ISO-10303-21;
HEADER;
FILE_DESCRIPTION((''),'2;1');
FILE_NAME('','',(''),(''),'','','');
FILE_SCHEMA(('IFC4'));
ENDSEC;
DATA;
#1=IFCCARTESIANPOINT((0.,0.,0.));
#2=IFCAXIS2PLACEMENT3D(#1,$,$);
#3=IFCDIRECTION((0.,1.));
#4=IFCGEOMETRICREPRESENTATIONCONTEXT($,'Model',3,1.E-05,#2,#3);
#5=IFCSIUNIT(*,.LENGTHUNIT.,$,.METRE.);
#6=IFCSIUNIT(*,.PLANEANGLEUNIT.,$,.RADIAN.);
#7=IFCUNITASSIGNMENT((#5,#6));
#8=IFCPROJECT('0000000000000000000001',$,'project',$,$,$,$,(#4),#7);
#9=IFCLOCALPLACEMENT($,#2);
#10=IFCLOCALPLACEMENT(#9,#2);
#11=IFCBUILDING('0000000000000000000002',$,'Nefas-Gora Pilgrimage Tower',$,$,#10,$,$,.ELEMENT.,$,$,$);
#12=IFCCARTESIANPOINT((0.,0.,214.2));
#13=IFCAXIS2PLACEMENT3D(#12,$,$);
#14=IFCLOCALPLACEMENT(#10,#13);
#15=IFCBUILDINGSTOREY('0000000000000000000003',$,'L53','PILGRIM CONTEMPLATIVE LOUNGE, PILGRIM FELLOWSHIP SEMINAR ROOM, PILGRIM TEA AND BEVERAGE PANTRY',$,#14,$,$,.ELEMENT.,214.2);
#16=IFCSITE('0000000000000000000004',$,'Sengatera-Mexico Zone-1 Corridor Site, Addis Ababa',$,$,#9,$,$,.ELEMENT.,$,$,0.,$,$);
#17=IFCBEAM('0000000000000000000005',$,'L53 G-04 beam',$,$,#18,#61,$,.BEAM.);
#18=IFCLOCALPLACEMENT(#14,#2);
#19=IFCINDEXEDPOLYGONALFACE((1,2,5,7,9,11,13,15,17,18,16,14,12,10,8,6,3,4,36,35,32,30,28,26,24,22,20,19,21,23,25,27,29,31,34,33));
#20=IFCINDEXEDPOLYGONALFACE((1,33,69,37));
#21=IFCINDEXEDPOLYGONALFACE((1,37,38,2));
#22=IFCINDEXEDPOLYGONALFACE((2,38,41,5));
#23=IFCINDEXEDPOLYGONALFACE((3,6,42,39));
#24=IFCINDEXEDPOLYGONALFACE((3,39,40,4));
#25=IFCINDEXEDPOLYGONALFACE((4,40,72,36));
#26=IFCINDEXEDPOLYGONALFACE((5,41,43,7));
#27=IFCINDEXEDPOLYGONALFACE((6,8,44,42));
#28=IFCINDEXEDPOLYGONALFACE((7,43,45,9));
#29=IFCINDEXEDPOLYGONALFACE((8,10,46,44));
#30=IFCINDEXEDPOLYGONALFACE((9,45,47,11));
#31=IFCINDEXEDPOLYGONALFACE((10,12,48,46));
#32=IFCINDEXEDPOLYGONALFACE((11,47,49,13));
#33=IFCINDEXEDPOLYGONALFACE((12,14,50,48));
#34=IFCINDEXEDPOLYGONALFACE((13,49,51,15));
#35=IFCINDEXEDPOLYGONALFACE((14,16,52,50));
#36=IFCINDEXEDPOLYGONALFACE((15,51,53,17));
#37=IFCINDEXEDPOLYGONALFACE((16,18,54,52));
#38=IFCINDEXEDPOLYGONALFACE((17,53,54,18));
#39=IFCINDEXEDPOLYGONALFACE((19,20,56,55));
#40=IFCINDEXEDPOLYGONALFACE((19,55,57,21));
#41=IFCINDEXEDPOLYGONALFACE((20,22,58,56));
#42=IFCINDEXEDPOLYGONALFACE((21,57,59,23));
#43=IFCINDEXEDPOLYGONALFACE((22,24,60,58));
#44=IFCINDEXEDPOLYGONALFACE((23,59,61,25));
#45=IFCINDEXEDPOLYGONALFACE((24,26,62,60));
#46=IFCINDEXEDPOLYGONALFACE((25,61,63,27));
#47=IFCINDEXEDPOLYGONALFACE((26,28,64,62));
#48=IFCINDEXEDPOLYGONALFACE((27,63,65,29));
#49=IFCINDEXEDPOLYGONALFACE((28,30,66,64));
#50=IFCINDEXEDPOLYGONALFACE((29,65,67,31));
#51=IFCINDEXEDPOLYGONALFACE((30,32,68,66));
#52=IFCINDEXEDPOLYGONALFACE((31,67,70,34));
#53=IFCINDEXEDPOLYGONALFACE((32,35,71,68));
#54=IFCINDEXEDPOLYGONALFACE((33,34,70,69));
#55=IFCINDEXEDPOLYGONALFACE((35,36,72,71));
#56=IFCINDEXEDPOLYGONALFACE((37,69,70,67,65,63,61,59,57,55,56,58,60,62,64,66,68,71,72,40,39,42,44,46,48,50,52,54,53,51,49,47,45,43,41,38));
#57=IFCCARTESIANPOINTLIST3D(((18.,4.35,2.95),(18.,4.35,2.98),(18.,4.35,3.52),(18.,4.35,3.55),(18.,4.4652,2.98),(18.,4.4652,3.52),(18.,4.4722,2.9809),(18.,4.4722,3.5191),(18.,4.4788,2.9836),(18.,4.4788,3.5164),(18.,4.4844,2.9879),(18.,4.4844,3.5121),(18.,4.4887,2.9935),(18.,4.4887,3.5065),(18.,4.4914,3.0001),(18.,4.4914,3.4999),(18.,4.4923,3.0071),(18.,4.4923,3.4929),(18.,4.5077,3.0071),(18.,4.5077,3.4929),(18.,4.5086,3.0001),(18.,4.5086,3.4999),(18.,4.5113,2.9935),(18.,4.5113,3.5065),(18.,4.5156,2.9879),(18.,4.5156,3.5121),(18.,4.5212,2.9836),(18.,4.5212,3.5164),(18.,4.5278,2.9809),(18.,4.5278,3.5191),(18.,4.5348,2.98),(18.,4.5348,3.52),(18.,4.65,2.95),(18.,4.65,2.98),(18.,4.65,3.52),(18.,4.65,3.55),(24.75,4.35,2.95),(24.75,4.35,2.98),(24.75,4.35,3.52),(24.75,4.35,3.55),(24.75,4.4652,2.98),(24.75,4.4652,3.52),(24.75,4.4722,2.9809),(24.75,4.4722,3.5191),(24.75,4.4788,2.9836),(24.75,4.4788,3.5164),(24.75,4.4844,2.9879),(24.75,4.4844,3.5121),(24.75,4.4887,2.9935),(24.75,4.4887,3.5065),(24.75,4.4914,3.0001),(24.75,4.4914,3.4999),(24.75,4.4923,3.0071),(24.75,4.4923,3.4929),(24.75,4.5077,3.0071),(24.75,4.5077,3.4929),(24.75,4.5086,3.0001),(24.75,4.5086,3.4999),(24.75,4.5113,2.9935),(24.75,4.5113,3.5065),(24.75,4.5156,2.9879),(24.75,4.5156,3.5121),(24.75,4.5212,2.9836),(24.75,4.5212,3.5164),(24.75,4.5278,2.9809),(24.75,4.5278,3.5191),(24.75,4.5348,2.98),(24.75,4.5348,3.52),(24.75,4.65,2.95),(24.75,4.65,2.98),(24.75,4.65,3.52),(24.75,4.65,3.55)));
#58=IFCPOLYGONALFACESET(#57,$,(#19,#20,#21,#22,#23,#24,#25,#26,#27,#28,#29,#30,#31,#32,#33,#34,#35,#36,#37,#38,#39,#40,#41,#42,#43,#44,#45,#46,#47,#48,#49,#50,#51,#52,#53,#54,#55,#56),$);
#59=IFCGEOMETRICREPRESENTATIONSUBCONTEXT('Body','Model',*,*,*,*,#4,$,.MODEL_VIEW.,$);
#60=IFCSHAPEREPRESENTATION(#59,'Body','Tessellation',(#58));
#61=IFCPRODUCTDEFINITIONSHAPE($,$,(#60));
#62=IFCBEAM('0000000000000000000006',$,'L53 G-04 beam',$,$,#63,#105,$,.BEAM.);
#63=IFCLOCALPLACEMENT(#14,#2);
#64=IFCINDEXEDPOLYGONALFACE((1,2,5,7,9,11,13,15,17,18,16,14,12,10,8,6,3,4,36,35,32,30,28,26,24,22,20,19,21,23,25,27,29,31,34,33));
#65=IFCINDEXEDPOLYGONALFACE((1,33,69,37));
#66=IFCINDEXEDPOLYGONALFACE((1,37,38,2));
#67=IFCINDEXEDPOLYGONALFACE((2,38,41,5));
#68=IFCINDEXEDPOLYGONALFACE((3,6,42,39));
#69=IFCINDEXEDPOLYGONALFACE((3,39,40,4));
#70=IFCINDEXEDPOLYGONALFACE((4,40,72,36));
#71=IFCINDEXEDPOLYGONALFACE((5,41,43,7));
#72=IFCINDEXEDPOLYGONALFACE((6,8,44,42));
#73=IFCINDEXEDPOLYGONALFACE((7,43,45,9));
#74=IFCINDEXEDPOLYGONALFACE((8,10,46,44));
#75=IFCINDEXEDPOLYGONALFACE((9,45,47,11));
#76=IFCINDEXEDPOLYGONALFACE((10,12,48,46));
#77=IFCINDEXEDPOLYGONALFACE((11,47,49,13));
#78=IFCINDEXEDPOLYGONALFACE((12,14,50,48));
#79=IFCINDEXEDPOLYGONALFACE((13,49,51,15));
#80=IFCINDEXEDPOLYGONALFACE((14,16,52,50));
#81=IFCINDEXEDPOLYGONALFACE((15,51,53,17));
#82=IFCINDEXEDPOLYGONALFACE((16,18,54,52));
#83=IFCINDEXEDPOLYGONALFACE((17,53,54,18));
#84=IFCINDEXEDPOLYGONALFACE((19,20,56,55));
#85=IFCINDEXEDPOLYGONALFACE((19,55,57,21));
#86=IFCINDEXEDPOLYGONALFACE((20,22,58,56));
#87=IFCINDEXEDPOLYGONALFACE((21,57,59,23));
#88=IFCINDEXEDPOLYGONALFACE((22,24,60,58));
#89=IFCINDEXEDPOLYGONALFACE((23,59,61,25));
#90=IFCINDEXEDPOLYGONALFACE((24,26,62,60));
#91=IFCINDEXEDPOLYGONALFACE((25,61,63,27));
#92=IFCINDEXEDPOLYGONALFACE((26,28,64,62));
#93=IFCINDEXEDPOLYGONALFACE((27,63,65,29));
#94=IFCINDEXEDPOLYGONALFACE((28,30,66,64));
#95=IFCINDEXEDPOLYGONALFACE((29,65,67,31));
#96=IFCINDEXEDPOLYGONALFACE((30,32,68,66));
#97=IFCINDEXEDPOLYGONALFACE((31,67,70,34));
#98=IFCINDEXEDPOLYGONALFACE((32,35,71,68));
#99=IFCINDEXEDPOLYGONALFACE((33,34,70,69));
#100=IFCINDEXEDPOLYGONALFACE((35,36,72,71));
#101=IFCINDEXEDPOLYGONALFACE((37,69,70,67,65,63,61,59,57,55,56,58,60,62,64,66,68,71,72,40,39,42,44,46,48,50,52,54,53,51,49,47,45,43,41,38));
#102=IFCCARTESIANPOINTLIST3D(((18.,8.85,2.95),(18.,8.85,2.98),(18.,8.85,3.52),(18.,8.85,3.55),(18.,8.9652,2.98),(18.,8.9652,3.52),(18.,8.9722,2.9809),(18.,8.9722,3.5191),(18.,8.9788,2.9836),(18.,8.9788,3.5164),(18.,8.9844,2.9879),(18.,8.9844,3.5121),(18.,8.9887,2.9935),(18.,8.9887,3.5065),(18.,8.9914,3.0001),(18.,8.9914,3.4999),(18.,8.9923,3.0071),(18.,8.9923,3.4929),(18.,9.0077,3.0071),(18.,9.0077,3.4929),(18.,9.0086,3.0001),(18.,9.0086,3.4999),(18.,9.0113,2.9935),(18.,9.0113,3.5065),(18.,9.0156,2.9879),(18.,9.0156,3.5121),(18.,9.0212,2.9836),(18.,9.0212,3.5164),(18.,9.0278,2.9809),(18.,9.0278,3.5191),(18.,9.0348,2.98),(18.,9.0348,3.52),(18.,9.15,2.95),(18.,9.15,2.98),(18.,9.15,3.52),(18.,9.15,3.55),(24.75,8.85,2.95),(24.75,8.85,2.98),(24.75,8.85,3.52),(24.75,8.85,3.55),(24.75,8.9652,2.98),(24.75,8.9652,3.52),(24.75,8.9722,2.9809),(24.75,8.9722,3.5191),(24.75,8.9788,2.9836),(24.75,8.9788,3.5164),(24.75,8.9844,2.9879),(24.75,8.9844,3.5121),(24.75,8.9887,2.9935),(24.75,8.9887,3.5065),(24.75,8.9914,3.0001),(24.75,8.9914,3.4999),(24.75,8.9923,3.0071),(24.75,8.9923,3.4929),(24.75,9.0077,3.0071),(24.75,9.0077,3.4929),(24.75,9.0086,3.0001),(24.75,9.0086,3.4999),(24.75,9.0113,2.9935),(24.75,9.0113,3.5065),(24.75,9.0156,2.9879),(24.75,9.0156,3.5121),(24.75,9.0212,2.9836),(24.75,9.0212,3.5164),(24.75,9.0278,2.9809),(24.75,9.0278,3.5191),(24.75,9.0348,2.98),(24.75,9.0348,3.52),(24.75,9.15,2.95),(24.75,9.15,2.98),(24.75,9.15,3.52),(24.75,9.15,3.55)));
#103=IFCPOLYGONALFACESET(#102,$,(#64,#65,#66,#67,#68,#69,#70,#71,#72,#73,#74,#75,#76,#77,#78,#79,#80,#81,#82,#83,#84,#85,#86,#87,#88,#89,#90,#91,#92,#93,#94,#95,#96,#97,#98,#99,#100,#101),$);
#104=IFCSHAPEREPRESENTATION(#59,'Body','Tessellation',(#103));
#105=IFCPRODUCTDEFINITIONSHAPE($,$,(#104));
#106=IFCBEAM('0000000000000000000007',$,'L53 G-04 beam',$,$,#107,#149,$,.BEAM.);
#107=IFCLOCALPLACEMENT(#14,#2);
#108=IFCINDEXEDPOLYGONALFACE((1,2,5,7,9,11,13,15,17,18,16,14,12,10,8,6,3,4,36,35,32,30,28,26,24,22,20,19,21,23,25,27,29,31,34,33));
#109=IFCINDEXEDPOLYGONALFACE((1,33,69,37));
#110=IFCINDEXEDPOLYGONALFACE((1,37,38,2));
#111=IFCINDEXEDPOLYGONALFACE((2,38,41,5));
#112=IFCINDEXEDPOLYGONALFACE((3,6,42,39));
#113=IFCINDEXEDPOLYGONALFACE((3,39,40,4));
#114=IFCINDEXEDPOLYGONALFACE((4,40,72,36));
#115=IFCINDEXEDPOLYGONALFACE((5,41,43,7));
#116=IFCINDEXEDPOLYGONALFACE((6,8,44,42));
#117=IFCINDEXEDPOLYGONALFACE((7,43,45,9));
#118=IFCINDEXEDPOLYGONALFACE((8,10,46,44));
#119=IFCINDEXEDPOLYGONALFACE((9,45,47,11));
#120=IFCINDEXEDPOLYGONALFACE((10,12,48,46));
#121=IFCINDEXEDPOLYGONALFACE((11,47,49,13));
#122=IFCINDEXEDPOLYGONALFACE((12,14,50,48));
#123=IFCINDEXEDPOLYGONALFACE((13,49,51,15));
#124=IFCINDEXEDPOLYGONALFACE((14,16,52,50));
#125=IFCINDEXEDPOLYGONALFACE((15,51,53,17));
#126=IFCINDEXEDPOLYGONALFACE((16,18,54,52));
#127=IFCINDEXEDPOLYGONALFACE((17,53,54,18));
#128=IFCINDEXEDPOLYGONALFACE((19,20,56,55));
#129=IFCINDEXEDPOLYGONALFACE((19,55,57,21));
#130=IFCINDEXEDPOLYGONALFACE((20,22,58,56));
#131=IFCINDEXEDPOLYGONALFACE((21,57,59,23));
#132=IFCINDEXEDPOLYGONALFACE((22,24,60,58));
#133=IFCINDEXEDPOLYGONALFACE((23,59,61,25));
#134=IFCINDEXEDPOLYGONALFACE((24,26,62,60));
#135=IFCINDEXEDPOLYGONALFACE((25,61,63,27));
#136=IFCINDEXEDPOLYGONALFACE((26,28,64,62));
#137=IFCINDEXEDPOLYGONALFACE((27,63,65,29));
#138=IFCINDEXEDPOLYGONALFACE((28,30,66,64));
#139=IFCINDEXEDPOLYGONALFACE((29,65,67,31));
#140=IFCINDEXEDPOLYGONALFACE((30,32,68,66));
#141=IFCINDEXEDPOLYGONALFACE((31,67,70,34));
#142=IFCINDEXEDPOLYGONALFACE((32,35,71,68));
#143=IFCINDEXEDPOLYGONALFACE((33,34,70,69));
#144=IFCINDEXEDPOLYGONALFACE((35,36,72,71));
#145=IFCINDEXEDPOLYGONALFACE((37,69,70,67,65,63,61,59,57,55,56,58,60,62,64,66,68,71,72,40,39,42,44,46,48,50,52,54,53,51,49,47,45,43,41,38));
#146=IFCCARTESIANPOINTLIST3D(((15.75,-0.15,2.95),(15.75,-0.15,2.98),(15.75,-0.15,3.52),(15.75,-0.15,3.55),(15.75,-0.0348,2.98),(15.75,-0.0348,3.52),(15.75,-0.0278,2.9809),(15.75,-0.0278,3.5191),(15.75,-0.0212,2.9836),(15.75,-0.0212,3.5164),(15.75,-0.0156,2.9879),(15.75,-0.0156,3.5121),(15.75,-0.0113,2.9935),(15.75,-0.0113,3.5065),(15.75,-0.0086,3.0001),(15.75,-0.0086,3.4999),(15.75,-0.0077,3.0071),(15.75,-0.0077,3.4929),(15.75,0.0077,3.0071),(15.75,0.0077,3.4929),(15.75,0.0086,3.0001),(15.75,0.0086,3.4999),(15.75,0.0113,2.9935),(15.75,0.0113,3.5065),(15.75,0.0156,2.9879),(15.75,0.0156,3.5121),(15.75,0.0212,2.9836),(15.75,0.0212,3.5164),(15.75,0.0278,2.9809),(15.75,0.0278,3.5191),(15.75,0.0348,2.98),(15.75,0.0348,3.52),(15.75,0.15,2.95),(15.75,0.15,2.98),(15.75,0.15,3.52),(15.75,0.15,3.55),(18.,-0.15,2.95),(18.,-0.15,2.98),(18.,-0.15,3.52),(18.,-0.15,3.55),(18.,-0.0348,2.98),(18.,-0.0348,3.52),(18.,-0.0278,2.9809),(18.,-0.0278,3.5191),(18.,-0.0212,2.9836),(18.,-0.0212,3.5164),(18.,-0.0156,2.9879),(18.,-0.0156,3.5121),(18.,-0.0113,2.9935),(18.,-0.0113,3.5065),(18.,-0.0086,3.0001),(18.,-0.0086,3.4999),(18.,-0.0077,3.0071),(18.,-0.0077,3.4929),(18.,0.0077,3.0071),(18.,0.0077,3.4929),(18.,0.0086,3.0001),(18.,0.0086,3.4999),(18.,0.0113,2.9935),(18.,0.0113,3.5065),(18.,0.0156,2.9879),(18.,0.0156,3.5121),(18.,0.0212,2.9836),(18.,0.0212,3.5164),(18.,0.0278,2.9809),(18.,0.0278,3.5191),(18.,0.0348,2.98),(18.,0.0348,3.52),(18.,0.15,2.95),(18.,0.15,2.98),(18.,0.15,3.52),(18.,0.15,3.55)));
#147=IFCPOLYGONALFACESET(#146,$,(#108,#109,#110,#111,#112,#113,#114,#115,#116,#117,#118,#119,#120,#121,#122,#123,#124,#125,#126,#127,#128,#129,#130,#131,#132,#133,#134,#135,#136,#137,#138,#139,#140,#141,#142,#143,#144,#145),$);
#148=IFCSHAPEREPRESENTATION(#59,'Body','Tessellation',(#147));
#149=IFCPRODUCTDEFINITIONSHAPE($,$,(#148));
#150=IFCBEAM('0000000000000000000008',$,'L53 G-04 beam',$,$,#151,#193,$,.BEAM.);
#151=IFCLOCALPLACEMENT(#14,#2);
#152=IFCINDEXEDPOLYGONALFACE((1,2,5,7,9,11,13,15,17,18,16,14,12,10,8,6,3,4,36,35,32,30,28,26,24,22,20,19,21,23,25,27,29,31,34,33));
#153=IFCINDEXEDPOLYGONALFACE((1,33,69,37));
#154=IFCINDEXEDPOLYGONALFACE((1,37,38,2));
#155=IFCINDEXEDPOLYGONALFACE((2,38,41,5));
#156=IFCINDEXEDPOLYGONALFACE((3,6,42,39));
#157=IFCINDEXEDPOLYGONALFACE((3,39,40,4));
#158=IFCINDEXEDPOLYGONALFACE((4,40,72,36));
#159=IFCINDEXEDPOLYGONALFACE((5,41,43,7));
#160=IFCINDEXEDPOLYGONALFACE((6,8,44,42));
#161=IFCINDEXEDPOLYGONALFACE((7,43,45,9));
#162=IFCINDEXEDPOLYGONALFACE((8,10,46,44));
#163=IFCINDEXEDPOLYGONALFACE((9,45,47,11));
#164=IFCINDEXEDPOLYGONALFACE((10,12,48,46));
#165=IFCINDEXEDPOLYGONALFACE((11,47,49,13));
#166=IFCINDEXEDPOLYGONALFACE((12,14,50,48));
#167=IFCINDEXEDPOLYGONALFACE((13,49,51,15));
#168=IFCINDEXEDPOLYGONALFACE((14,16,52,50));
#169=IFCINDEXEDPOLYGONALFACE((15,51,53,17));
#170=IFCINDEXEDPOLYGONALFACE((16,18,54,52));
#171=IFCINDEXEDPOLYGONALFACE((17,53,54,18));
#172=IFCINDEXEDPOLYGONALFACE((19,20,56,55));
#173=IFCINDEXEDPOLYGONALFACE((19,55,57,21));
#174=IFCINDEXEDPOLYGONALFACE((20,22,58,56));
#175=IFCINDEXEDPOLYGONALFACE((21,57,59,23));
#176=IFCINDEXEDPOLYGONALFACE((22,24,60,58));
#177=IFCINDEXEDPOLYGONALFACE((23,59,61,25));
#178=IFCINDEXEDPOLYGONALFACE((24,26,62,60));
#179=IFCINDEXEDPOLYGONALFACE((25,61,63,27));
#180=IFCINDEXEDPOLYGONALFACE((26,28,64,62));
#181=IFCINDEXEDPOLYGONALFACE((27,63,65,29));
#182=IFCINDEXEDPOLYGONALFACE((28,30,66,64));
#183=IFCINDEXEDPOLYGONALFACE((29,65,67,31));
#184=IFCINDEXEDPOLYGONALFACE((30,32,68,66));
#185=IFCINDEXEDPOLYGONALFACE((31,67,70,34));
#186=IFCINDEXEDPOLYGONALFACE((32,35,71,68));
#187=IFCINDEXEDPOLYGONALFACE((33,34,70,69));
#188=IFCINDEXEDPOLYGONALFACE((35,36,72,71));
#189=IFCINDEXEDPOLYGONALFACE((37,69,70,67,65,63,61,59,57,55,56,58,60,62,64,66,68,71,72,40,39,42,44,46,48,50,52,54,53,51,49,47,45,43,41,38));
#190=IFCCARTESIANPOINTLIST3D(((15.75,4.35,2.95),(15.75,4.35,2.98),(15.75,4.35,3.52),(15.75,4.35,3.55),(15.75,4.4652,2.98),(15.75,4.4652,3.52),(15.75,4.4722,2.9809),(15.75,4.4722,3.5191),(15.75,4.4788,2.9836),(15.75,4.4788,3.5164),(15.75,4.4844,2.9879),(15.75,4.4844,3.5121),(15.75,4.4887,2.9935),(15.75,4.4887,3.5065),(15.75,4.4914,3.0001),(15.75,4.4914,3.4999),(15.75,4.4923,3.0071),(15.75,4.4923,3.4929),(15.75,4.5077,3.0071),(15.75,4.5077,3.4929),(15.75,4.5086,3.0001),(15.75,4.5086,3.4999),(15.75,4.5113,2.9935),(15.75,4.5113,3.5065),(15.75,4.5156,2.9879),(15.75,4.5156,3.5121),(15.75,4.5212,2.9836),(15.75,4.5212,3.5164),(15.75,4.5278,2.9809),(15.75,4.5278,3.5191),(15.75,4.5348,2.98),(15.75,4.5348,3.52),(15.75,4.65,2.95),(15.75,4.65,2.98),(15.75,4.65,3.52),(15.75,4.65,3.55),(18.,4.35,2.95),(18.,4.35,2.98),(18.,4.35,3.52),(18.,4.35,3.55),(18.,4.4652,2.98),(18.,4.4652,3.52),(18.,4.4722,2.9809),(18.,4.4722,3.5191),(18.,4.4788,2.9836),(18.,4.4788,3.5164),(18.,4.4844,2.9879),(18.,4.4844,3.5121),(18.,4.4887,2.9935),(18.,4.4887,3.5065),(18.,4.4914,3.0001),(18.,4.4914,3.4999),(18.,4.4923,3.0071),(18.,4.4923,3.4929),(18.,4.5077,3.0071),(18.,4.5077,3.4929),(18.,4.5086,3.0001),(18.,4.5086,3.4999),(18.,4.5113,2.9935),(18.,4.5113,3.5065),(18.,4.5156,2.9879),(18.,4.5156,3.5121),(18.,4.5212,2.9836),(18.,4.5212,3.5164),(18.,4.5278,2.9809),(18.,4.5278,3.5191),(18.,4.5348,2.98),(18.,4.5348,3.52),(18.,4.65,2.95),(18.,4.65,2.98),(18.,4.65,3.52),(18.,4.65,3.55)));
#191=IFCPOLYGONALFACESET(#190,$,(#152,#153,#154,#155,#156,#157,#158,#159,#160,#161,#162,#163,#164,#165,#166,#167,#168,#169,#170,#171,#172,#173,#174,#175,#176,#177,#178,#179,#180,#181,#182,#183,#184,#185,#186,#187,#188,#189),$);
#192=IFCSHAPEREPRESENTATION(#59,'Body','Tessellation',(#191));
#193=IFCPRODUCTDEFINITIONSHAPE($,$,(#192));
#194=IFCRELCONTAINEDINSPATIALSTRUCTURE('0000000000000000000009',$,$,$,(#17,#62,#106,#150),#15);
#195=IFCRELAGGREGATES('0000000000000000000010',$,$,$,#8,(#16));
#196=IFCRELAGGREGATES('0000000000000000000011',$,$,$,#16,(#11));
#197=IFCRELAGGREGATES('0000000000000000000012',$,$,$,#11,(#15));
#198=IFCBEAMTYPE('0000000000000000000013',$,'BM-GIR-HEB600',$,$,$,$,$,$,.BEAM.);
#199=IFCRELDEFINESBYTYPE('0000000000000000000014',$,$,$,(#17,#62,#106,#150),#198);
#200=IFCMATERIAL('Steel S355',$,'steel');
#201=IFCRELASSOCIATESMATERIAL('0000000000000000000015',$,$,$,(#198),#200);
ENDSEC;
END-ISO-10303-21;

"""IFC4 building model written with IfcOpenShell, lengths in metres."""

from ifc_helpers import new_model, si_unit, direction, frame, origin, origin_2d, place, context, subcontext, project, spatial, i_section, extrude, source, transform, mapped, material, material_profile, profile_set, type_object, element, save


model = new_model("IFC4")

# Units and contexts
model_context = context("Model", 3, precision=1e-05, world=origin(), true_north=direction((0.0, 1.0)))
body_context = subcontext(model_context, "Body", "Model", "MODEL_VIEW")
ifc_project = project(units=[si_unit("LENGTHUNIT", "METRE"), si_unit("PLANEANGLEUNIT", "RADIAN")], contexts=[model_context])

# Site, building, storey
site_placement = place(None, origin())
site = spatial("IfcSite", under=ifc_project, at=site_placement, Name="Sengatera-Mexico Zone-1 Corridor Site, Addis Ababa", CompositionType="ELEMENT", RefElevation=0.0)
building_placement = place(site_placement, origin())
building = spatial("IfcBuilding", under=site, at=building_placement, Name="Nefas-Gora Pilgrimage Tower", CompositionType="ELEMENT")
storey_placement = place(building_placement, frame((0.0, 0.0, 214.2)))
storey = spatial("IfcBuildingStorey", under=building, at=storey_placement, Name="L53", Description="PILGRIM CONTEMPLATIVE LOUNGE, PILGRIM FELLOWSHIP SEMINAR ROOM, PILGRIM TEA AND BEVERAGE PANTRY", CompositionType="ELEMENT", Elevation=214.2)

# Beams
ifc_material_1 = material(Name="Steel S355", Category="steel")
ifc_material_profile_1 = material_profile(ifc_material_1, i_section(OverallWidth=0.3, OverallDepth=0.6001, WebThickness=0.0154, FlangeThickness=0.03, FilletRadius=0.0271, at=origin_2d()), Name="HEB 600")
ifc_profile_set_1 = profile_set([ifc_material_profile_1], Name="Steel S355")
beam_type_1 = type_object("IfcBeamType", Name="BM-GIR-HEB600", PredefinedType="BEAM", material=ifc_profile_set_1)
shared_shape_1 = source(origin(), body_context, "Body", "SweptSolid", [
    extrude(i_section(OverallWidth=0.3, OverallDepth=0.6001, WebThickness=0.0154, FlangeThickness=0.03, FilletRadius=0.0271, at=origin_2d()), origin(), (0.0, 0.0, 1.0), 6.75),
])
for number, where, z_axis, x_axis, name in (
    (1, (18.0, 4.5, 3.25), (1.0, 0.0, 0.0), (0.0, 1.0, 0.0), "L53 G-04 beam"),
    (2, (18.0, 9.0, 3.25), (1.0, 0.0, 0.0), (0.0, 1.0, 0.0), "L53 G-04 beam"),
):
    element("IfcBeam", number, at=place(storey_placement, frame(where, z_axis=z_axis, x_axis=x_axis)), inside=storey, type_object=beam_type_1, Name=name, PredefinedType="BEAM", context=body_context, shape_type="MappedRepresentation", body=[
        mapped(shared_shape_1, transform((0.0, 0.0, 0.0), x_axis=(1.0, 0.0, 0.0), y_axis=(0.0, 1.0, 0.0), z_axis=(0.0, 0.0, 1.0), scale=1.0)),
    ])
shared_shape_2 = source(origin(), body_context, "Body", "SweptSolid", [
    extrude(i_section(OverallWidth=0.3, OverallDepth=0.6001, WebThickness=0.0154, FlangeThickness=0.03, FilletRadius=0.0271, at=origin_2d()), origin(), (0.0, 0.0, 1.0), 2.25),
])
for number, where, z_axis, x_axis, name in (
    (3, (15.75, 0.0, 3.25), (1.0, 0.0, 0.0), (0.0, 1.0, 0.0), "L53 G-04 beam"),
    (4, (15.75, 4.5, 3.25), (1.0, 0.0, 0.0), (0.0, 1.0, 0.0), "L53 G-04 beam"),
):
    element("IfcBeam", number, at=place(storey_placement, frame(where, z_axis=z_axis, x_axis=x_axis)), inside=storey, type_object=beam_type_1, Name=name, PredefinedType="BEAM", context=body_context, shape_type="MappedRepresentation", body=[
        mapped(shared_shape_2, transform((0.0, 0.0, 0.0), x_axis=(1.0, 0.0, 0.0), y_axis=(0.0, 1.0, 0.0), z_axis=(0.0, 0.0, 1.0), scale=1.0)),
    ])

save(model, "model.ifc")
